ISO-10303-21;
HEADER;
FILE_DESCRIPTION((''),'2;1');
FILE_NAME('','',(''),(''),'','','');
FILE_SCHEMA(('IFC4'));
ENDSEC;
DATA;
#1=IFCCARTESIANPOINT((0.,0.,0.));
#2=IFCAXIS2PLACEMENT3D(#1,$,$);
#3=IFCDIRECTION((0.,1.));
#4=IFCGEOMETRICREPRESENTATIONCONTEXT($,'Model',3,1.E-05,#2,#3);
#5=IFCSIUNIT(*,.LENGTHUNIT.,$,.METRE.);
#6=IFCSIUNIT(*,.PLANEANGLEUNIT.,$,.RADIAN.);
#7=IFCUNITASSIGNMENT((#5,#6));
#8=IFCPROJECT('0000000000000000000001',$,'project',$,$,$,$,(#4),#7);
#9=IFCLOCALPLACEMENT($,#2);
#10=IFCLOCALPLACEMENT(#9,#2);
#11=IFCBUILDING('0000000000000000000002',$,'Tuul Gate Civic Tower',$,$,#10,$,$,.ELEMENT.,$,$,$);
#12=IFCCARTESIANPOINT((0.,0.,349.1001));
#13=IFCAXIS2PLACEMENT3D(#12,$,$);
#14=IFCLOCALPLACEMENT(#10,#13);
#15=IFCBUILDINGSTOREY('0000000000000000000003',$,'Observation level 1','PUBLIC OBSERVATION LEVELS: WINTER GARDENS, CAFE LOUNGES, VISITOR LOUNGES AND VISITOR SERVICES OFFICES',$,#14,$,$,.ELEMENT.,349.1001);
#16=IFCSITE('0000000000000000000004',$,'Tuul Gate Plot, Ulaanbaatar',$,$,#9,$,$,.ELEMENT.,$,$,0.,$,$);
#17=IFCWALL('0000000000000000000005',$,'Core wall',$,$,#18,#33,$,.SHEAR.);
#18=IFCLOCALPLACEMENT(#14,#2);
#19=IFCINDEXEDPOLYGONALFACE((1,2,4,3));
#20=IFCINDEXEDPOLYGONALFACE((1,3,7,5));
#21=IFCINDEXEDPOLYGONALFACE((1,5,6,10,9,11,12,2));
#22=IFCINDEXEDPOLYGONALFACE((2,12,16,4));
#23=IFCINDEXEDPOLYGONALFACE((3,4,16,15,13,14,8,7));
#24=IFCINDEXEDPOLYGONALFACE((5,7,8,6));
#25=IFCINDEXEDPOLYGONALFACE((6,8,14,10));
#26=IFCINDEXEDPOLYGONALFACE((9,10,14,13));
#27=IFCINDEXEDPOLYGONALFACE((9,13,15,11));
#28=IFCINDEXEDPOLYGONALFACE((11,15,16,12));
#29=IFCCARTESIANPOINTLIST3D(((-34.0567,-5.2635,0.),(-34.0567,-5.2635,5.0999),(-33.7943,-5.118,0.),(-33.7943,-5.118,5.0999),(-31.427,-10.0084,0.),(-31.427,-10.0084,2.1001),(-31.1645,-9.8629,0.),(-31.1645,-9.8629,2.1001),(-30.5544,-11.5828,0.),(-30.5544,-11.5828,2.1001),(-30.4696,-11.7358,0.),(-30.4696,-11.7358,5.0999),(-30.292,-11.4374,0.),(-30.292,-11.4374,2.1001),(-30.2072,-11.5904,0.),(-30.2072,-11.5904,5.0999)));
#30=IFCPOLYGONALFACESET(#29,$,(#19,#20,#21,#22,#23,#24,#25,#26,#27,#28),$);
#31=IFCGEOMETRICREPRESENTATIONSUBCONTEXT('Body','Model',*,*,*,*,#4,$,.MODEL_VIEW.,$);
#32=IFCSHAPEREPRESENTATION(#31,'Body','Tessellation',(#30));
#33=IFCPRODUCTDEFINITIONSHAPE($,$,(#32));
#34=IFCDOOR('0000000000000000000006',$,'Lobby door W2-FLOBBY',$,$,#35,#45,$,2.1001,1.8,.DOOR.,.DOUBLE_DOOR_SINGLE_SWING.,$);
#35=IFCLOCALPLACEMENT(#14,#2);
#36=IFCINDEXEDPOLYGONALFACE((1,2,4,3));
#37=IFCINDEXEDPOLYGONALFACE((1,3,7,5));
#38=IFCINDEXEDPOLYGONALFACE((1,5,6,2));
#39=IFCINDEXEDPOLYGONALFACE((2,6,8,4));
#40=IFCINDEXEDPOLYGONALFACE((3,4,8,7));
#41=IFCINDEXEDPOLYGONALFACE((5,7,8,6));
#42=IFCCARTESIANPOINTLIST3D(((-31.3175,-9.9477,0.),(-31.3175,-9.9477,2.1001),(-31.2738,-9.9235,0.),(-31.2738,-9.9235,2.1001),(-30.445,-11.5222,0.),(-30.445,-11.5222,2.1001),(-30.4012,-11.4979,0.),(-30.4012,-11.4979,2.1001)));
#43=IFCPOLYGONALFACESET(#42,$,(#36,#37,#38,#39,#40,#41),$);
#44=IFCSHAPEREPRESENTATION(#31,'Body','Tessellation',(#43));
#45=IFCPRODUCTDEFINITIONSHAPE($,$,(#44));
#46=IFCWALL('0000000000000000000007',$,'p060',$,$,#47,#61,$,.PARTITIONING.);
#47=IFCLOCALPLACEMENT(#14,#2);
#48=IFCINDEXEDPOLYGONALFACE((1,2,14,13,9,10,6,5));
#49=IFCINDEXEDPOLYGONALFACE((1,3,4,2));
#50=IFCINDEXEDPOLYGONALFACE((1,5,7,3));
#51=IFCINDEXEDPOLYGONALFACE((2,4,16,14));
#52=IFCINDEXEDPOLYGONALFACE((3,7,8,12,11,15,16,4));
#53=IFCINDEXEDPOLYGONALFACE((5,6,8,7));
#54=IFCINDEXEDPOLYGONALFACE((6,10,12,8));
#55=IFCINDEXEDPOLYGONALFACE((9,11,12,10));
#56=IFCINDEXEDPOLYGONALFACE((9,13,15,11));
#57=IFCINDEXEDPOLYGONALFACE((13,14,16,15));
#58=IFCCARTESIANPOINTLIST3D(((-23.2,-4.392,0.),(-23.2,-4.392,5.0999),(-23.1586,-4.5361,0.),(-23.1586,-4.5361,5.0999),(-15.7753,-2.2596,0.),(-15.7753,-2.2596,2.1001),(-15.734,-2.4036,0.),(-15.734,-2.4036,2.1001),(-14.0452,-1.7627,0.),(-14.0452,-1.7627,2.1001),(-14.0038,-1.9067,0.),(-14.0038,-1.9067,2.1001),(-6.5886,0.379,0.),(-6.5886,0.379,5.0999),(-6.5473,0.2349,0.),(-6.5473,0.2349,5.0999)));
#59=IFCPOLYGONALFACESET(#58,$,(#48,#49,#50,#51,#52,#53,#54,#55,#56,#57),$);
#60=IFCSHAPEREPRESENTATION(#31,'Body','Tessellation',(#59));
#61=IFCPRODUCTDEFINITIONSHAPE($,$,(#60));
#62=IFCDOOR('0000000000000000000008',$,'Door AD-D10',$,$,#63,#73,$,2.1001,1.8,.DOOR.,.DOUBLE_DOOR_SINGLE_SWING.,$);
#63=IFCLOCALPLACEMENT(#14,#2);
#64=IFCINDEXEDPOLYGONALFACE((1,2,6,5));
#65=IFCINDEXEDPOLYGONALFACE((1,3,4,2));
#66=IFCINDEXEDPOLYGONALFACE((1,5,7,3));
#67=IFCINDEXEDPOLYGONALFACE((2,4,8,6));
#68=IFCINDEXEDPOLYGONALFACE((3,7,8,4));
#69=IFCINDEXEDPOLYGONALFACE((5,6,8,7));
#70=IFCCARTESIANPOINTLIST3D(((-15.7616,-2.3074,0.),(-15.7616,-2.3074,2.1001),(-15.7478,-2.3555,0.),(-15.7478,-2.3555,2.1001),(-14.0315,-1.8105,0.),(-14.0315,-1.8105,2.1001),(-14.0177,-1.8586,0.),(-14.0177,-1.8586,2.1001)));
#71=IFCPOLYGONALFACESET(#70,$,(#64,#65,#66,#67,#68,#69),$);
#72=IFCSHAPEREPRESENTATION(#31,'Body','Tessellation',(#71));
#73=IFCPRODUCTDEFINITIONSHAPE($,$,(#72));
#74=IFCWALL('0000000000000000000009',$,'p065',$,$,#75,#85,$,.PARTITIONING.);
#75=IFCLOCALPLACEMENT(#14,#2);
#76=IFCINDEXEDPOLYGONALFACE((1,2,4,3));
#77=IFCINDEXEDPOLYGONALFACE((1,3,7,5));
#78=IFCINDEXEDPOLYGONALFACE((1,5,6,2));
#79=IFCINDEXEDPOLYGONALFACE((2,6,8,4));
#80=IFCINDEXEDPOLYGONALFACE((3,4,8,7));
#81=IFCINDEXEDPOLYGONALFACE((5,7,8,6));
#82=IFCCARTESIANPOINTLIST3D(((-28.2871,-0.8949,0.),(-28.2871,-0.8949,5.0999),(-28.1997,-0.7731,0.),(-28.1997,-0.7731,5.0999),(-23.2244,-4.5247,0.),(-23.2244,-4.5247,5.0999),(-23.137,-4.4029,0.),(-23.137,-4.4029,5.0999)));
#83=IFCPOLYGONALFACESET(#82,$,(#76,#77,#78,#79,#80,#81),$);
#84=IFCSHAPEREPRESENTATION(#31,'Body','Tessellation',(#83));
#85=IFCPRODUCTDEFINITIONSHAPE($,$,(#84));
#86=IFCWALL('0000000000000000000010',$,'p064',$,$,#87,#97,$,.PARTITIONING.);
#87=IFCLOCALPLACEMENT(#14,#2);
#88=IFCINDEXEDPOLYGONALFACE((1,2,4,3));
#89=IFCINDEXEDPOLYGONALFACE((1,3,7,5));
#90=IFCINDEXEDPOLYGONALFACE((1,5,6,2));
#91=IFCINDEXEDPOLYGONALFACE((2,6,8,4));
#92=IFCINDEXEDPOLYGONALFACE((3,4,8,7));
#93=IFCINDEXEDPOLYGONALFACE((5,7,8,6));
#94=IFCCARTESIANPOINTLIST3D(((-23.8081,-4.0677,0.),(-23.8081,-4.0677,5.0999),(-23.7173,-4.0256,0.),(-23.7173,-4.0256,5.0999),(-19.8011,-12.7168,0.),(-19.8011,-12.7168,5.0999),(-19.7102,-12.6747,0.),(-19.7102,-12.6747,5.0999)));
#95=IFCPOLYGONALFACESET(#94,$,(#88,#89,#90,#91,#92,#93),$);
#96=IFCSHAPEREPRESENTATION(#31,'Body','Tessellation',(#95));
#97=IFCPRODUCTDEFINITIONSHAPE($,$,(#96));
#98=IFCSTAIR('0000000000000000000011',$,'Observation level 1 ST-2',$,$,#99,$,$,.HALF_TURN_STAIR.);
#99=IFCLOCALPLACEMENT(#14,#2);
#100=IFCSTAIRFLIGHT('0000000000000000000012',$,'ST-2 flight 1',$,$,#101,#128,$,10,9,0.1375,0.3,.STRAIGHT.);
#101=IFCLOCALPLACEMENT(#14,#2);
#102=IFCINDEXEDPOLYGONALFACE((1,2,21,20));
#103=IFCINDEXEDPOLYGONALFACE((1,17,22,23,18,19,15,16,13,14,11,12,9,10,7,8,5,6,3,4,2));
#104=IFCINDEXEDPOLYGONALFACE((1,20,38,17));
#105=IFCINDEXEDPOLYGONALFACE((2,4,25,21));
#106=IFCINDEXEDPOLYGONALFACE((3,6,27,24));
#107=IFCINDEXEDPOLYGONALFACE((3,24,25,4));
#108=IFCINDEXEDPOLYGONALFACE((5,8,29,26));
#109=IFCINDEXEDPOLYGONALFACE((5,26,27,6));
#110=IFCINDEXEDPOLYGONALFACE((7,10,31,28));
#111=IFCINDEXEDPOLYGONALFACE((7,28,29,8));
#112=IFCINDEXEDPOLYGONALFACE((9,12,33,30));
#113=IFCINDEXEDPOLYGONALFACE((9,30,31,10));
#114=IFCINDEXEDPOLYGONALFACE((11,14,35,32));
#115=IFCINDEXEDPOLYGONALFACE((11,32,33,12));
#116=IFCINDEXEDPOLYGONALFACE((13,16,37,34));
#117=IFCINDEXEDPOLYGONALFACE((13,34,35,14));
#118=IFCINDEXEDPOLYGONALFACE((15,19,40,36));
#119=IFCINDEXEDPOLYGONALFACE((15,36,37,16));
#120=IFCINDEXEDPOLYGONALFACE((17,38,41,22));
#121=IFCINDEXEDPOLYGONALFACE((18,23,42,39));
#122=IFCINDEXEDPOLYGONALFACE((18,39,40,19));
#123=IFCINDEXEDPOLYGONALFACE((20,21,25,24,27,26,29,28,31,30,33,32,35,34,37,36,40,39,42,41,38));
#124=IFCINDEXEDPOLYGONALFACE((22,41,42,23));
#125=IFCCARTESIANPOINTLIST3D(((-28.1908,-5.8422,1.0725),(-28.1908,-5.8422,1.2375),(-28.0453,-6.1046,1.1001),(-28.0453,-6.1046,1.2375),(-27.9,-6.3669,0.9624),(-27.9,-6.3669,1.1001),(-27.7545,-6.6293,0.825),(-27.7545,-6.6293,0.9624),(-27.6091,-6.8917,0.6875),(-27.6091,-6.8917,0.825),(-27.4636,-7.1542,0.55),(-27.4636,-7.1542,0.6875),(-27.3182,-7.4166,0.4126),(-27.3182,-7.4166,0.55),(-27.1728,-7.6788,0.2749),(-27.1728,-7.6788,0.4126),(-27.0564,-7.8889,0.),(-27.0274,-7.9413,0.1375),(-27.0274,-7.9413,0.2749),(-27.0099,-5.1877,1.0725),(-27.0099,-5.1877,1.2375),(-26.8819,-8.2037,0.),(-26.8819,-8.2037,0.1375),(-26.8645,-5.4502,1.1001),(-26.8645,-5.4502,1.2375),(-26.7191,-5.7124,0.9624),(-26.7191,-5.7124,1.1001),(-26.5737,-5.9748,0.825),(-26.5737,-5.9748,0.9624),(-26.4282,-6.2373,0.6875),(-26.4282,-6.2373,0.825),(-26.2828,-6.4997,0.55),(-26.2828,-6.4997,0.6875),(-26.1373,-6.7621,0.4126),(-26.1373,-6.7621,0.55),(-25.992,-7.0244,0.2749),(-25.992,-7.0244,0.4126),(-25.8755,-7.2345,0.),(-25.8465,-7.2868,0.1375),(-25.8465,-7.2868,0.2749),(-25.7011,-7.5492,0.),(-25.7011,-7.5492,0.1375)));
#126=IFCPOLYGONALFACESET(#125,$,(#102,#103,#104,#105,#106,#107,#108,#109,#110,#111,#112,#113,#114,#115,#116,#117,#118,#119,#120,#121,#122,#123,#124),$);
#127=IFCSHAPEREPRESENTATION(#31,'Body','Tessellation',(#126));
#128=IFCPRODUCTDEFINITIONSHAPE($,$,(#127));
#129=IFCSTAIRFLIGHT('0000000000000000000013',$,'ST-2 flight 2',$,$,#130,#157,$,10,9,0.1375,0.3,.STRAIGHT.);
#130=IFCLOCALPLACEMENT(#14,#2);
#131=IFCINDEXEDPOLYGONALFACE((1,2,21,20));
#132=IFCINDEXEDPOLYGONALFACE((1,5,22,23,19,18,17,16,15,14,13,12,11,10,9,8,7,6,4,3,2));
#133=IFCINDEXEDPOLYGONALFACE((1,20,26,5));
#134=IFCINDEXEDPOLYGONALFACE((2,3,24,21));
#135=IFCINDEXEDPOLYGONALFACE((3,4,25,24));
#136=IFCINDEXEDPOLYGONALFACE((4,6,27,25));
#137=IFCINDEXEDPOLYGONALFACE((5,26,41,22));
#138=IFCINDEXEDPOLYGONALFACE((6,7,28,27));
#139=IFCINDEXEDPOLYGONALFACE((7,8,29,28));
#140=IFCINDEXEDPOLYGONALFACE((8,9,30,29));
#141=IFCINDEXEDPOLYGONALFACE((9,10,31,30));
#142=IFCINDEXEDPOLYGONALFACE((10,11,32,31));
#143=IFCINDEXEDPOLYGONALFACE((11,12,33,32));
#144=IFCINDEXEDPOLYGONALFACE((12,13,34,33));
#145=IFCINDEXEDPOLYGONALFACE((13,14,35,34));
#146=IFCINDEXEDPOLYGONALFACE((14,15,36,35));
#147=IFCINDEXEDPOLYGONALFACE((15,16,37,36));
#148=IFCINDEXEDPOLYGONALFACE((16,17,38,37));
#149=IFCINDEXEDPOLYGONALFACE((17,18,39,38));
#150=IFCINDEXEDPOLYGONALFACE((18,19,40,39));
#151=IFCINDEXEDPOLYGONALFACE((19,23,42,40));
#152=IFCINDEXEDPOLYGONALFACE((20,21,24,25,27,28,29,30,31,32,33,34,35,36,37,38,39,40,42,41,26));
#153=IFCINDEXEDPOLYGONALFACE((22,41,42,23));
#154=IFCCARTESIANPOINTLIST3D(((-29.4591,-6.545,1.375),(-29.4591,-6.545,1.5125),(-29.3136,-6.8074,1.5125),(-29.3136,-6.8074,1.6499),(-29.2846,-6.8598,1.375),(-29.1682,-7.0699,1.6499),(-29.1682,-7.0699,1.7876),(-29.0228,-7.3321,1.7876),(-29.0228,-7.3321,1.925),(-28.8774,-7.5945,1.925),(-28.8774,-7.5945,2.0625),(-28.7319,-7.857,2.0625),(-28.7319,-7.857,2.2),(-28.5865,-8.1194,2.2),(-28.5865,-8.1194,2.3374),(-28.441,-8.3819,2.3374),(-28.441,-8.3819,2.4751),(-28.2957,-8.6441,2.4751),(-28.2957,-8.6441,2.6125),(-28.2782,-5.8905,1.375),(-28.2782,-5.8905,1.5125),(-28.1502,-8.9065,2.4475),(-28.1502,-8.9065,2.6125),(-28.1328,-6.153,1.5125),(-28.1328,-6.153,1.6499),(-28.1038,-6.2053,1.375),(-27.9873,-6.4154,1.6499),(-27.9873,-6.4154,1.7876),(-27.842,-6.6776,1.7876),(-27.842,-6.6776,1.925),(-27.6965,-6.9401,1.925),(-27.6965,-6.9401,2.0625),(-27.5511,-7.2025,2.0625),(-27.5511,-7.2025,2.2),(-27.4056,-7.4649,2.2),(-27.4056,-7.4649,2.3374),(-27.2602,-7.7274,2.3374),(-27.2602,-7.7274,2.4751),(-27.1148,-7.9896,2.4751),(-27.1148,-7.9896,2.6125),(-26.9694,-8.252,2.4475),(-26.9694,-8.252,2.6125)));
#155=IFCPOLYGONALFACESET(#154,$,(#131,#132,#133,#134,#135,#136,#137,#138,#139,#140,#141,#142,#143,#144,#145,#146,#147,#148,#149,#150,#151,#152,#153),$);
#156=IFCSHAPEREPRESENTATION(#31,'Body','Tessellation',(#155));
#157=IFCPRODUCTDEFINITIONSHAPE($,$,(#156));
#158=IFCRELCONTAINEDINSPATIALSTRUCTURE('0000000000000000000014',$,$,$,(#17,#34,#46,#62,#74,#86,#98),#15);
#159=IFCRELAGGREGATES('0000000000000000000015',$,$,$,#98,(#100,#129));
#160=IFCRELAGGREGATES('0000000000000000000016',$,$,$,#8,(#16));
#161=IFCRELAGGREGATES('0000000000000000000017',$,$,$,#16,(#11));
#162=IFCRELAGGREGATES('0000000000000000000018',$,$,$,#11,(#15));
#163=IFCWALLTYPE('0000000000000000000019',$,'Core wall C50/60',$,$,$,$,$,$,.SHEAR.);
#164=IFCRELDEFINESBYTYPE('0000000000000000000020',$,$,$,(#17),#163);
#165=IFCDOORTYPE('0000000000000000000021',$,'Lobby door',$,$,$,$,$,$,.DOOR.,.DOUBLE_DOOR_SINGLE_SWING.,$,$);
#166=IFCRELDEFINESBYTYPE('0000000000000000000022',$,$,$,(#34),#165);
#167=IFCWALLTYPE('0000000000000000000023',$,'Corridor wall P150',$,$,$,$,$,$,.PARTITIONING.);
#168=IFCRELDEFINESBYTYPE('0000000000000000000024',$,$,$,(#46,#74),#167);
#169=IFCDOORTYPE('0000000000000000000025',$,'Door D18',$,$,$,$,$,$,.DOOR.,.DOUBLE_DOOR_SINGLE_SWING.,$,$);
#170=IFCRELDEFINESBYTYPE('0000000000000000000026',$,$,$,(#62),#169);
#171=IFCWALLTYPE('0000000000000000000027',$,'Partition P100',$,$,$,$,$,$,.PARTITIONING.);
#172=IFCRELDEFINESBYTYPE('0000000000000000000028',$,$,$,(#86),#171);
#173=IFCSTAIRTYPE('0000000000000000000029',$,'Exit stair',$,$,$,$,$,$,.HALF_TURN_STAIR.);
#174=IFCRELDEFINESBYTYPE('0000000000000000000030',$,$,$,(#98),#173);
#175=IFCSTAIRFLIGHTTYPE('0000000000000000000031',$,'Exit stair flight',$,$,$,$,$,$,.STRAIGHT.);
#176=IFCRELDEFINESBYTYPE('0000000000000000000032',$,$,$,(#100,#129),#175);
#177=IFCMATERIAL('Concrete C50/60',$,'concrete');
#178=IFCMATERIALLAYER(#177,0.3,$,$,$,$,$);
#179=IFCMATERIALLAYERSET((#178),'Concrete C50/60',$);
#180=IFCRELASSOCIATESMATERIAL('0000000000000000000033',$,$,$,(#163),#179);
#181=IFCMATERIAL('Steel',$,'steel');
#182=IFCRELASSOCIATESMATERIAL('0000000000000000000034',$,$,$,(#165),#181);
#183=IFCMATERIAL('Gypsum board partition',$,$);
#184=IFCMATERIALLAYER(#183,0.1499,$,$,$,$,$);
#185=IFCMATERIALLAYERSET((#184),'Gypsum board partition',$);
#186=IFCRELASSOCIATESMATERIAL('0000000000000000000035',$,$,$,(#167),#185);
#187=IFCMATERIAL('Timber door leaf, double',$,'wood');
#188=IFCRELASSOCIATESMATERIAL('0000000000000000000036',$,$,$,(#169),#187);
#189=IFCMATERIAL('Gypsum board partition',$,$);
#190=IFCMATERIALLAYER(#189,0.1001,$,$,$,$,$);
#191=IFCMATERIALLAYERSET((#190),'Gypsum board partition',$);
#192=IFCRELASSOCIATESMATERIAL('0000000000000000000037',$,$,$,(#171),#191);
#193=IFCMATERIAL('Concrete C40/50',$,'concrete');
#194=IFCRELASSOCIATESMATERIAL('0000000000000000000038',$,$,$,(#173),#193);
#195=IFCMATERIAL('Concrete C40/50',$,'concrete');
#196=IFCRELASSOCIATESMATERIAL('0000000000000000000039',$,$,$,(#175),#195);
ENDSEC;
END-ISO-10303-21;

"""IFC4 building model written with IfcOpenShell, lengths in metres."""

from ifc_helpers import new_model, si_unit, direction, frame, frame_2d, origin, place, context, subcontext, project, spatial, polyline, rectangle, outline, extrude, material, layer, layer_set, type_object, element, fill, aggregate, save


model = new_model("IFC4")

# Units and contexts
model_context = context("Model", 3, precision=1e-05, world=origin(), true_north=direction((0.0, 1.0)))
body_context = subcontext(model_context, "Body", "Model", "MODEL_VIEW")
ifc_project = project(units=[si_unit("LENGTHUNIT", "METRE"), si_unit("PLANEANGLEUNIT", "RADIAN")], contexts=[model_context])

# Site, building, storey
site_placement = place(None, origin())
site = spatial("IfcSite", under=ifc_project, at=site_placement, Name="Tuul Gate Plot, Ulaanbaatar", CompositionType="ELEMENT", RefElevation=0.0)
building_placement = place(site_placement, origin())
building = spatial("IfcBuilding", under=site, at=building_placement, Name="Tuul Gate Civic Tower", CompositionType="ELEMENT")
storey_placement = place(building_placement, frame((0.0, 0.0, 349.1001)))
storey = spatial("IfcBuildingStorey", under=building, at=storey_placement, Name="Observation level 1", Description="PUBLIC OBSERVATION LEVELS: WINTER GARDENS, CAFE LOUNGES, VISITOR LOUNGES AND VISITOR SERVICES OFFICES", CompositionType="ELEMENT", Elevation=349.1001)

# Shared definitions
ifc_material_1 = material(Name="Concrete C50/60", Category="concrete")
ifc_layer_1 = layer(ifc_material_1, 0.3)
ifc_layer_set_1 = layer_set([ifc_layer_1], Name="Concrete C50/60")
wall_type_1 = type_object("IfcWallType", Name="Core wall C50/60", PredefinedType="SHEAR", material=ifc_layer_set_1)

# Walls, openings, doors
wall_1_placement = place(storey_placement, frame((-30.3384, -11.6631, 0.0), z_axis=(0.0, 0.0, 1.0), x_axis=(-0.484752, 0.874652, 0.0)))
wall_1 = element("IfcWall", 1, at=wall_1_placement, inside=storey, type_object=wall_type_1, Name="Core wall", PredefinedType="SHEAR", context=body_context, shape_type="SweptSolid", body=[
    extrude(rectangle(XDim=7.3999, YDim=0.3, at=frame_2d((3.7, 0.0))), origin(), (0.0, 0.0, 1.0), 5.0999),
])
opening_1_placement = place(wall_1_placement, frame((0.175, 0.0, 0.0)))
opening_1 = element("IfcOpeningElement", 2, at=opening_1_placement, cuts=wall_1, PredefinedType="OPENING", context=body_context, shape_type="SweptSolid", body=[
    extrude(rectangle(XDim=1.8, YDim=2.1001, at=frame_2d((0.8999, 1.05))), frame((0.0, 0.1602, 0.0), z_axis=(0.0, -1.0, 0.0), x_axis=(1.0, 0.0, 0.0)), (0.0, 0.0, 1.0), 0.3201),
])
ifc_material_2 = material(Name="Steel", Category="steel")
door_type_1 = type_object("IfcDoorType", Name="Lobby door", OperationType="DOUBLE_DOOR_SINGLE_SWING", PredefinedType="DOOR", material=ifc_material_2)
door_1_placement = place(opening_1_placement, origin())
door_1 = element("IfcDoor", 3, at=door_1_placement, inside=storey, type_object=door_type_1, Name="Lobby door W2-FLOBBY", OperationType="DOUBLE_DOOR_SINGLE_SWING", OverallHeight=2.1001, OverallWidth=1.8, PredefinedType="DOOR", context=body_context, shape_type="SweptSolid", body=[
    extrude(rectangle(XDim=1.8, YDim=2.1001, at=frame_2d((0.8999, 1.05))), frame((0.0, 0.0249, 0.0), z_axis=(0.0, -1.0, 0.0), x_axis=(1.0, 0.0, 0.0)), (0.0, 0.0, 1.0), 0.05),
])
fill(opening_1, door_1)
ifc_material_3 = material(Name="Gypsum board partition")
ifc_layer_2 = layer(ifc_material_3, 0.1499)
ifc_layer_set_2 = layer_set([ifc_layer_2], Name="Gypsum board partition")
wall_type_2 = type_object("IfcWallType", Name="Corridor wall P150", PredefinedType="PARTITIONING", material=ifc_layer_set_2)
wall_2_placement = place(storey_placement, frame((-23.1794, -4.4641, 0.0), z_axis=(0.0, 0.0, 1.0), x_axis=(0.961142, 0.276053, 0.0)))
wall_2 = element("IfcWall", 4, at=wall_2_placement, inside=storey, type_object=wall_type_2, Name="p060", PredefinedType="PARTITIONING", context=body_context, shape_type="SweptSolid", body=[
    extrude(rectangle(XDim=17.283, YDim=0.1499, at=frame_2d((8.6416, 0.0))), origin(), (0.0, 0.0, 1.0), 5.0999),
])
opening_2_placement = place(wall_2_placement, frame((7.7251, 0.0, 0.0)))
opening_2 = element("IfcOpeningElement", 5, at=opening_2_placement, cuts=wall_2, PredefinedType="OPENING", context=body_context, shape_type="SweptSolid", body=[
    extrude(rectangle(XDim=1.8, YDim=2.1001, at=frame_2d((0.8999, 1.05))), frame((0.0, 0.085, 0.0), z_axis=(0.0, -1.0, 0.0), x_axis=(1.0, 0.0, 0.0)), (0.0, 0.0, 1.0), 0.1699),
])
ifc_material_4 = material(Name="Timber door leaf, double", Category="wood")
door_type_2 = type_object("IfcDoorType", Name="Door D18", OperationType="DOUBLE_DOOR_SINGLE_SWING", PredefinedType="DOOR", material=ifc_material_4)
door_2_placement = place(opening_2_placement, frame((1.8, 0.0, 0.0), z_axis=(0.0, 0.0, 1.0), x_axis=(-1.0, 0.0, 0.0)))
door_2 = element("IfcDoor", 6, at=door_2_placement, inside=storey, type_object=door_type_2, Name="Door AD-D10", OperationType="DOUBLE_DOOR_SINGLE_SWING", OverallHeight=2.1001, OverallWidth=1.8, PredefinedType="DOOR", context=body_context, shape_type="SweptSolid", body=[
    extrude(rectangle(XDim=1.8, YDim=2.1001, at=frame_2d((0.9001, 1.05))), frame((0.0, 0.0249, 0.0), z_axis=(0.0, -1.0, 0.0), x_axis=(1.0, 0.0, 0.0)), (0.0, 0.0, 1.0), 0.05),
])
fill(opening_2, door_2)

# Walls
wall_3_placement = place(storey_placement, frame((-28.2434, -0.834, 0.0), z_axis=(0.0, 0.0, 1.0), x_axis=(0.812697, -0.582687, 0.0)))
element("IfcWall", 7, at=wall_3_placement, inside=storey, type_object=wall_type_2, Name="p065", PredefinedType="PARTITIONING", context=body_context, shape_type="SweptSolid", body=[
    extrude(rectangle(XDim=6.2295, YDim=0.1499, at=frame_2d((3.1147, 0.0))), origin(), (0.0, 0.0, 1.0), 5.0999),
])
ifc_material_5 = material(Name="Gypsum board partition")
ifc_layer_3 = layer(ifc_material_5, 0.1001)
ifc_layer_set_3 = layer_set([ifc_layer_3], Name="Gypsum board partition")
wall_type_3 = type_object("IfcWallType", Name="Partition P100", PredefinedType="PARTITIONING", material=ifc_layer_set_3)
wall_4_placement = place(storey_placement, frame((-23.7627, -4.0466, 0.0), z_axis=(0.0, 0.0, 1.0), x_axis=(0.420368, -0.907353, 0.0)))
element("IfcWall", 8, at=wall_4_placement, inside=storey, type_object=wall_type_3, Name="p064", PredefinedType="PARTITIONING", context=body_context, shape_type="SweptSolid", body=[
    extrude(rectangle(XDim=9.5322, YDim=0.1001, at=frame_2d((4.7661, 0.0))), origin(), (0.0, 0.0, 1.0), 5.0999),
])

# Stair, stair flights
ifc_material_6 = material(Name="Concrete C40/50", Category="concrete")
stair_type = type_object("IfcStairType", Name="Exit stair", PredefinedType="HALF_TURN_STAIR", material=ifc_material_6)
stair_placement = place(storey_placement, origin())
stair = element("IfcStair", 9, at=stair_placement, inside=storey, type_object=stair_type, Name="Observation level 1 ST-2", PredefinedType="HALF_TURN_STAIR")
ifc_material_7 = material(Name="Concrete C40/50", Category="concrete")
stair_flight_type = type_object("IfcStairFlightType", Name="Exit stair flight", PredefinedType="STRAIGHT", material=ifc_material_7)
stair_flight_1_placement = place(storey_placement, frame((-26.2915, -7.8765, 0.0), z_axis=(0.0, 0.0, 1.0), x_axis=(-0.484762, 0.874646, 0.0)))
stair_flight_1 = element("IfcStairFlight", 10, at=stair_flight_1_placement, type_object=stair_flight_type, Name="ST-2 flight 1", NumberOfRisers=10, NumberOfTreads=9, PredefinedType="STRAIGHT", RiserHeight=0.1375, TreadLength=0.3, context=body_context, shape_type="SweptSolid", body=[
    extrude(outline(polyline([(0.0, 0.0), (0.0, 0.1375), (0.3, 0.1375), (0.3, 0.2749), (0.6001, 0.2749), (0.6001, 0.4126), (0.8999, 0.4126), (0.8999, 0.55), (1.2, 0.55), (1.2, 0.6875), (1.5, 0.6875), (1.5, 0.825), (1.8, 0.825), (1.8, 0.9624), (2.1001, 0.9624), (2.1001, 1.1001), (2.3999, 1.1001), (2.3999, 1.2375), (2.7, 1.2375), (2.7, 1.375), (2.7, 1.0725), (0.3599, 0.0), (0.0, 0.0)])), frame((0.0, 0.675, 0.0), z_axis=(0.0, -1.0, 0.0), x_axis=(1.0, 0.0, 0.0)), (0.0, 0.0, 1.0), 1.3501),
])
stair_flight_2_placement = place(storey_placement, frame((-28.8687, -6.2178, 1.375), z_axis=(0.0, 0.0, 1.0), x_axis=(0.484762, -0.874646, 0.0)))
stair_flight_2 = element("IfcStairFlight", 11, at=stair_flight_2_placement, type_object=stair_flight_type, Name="ST-2 flight 2", NumberOfRisers=10, NumberOfTreads=9, PredefinedType="STRAIGHT", RiserHeight=0.1375, TreadLength=0.3, context=body_context, shape_type="SweptSolid", body=[
    extrude(outline(polyline([(0.0, 0.0), (0.0, 0.1375), (0.3, 0.1375), (0.3, 0.2749), (0.6001, 0.2749), (0.6001, 0.4126), (0.8999, 0.4126), (0.8999, 0.55), (1.2, 0.55), (1.2, 0.6875), (1.5, 0.6875), (1.5, 0.825), (1.8, 0.825), (1.8, 0.9624), (2.1001, 0.9624), (2.1001, 1.1001), (2.3999, 1.1001), (2.3999, 1.2375), (2.7, 1.2375), (2.7, 1.375), (2.7, 1.0725), (0.3599, 0.0), (0.0, 0.0)])), frame((0.0, 0.675, 0.0), z_axis=(0.0, -1.0, 0.0), x_axis=(1.0, 0.0, 0.0)), (0.0, 0.0, 1.0), 1.3501),
])
aggregate(stair, [stair_flight_1, stair_flight_2])

save(model, "model.ifc")
